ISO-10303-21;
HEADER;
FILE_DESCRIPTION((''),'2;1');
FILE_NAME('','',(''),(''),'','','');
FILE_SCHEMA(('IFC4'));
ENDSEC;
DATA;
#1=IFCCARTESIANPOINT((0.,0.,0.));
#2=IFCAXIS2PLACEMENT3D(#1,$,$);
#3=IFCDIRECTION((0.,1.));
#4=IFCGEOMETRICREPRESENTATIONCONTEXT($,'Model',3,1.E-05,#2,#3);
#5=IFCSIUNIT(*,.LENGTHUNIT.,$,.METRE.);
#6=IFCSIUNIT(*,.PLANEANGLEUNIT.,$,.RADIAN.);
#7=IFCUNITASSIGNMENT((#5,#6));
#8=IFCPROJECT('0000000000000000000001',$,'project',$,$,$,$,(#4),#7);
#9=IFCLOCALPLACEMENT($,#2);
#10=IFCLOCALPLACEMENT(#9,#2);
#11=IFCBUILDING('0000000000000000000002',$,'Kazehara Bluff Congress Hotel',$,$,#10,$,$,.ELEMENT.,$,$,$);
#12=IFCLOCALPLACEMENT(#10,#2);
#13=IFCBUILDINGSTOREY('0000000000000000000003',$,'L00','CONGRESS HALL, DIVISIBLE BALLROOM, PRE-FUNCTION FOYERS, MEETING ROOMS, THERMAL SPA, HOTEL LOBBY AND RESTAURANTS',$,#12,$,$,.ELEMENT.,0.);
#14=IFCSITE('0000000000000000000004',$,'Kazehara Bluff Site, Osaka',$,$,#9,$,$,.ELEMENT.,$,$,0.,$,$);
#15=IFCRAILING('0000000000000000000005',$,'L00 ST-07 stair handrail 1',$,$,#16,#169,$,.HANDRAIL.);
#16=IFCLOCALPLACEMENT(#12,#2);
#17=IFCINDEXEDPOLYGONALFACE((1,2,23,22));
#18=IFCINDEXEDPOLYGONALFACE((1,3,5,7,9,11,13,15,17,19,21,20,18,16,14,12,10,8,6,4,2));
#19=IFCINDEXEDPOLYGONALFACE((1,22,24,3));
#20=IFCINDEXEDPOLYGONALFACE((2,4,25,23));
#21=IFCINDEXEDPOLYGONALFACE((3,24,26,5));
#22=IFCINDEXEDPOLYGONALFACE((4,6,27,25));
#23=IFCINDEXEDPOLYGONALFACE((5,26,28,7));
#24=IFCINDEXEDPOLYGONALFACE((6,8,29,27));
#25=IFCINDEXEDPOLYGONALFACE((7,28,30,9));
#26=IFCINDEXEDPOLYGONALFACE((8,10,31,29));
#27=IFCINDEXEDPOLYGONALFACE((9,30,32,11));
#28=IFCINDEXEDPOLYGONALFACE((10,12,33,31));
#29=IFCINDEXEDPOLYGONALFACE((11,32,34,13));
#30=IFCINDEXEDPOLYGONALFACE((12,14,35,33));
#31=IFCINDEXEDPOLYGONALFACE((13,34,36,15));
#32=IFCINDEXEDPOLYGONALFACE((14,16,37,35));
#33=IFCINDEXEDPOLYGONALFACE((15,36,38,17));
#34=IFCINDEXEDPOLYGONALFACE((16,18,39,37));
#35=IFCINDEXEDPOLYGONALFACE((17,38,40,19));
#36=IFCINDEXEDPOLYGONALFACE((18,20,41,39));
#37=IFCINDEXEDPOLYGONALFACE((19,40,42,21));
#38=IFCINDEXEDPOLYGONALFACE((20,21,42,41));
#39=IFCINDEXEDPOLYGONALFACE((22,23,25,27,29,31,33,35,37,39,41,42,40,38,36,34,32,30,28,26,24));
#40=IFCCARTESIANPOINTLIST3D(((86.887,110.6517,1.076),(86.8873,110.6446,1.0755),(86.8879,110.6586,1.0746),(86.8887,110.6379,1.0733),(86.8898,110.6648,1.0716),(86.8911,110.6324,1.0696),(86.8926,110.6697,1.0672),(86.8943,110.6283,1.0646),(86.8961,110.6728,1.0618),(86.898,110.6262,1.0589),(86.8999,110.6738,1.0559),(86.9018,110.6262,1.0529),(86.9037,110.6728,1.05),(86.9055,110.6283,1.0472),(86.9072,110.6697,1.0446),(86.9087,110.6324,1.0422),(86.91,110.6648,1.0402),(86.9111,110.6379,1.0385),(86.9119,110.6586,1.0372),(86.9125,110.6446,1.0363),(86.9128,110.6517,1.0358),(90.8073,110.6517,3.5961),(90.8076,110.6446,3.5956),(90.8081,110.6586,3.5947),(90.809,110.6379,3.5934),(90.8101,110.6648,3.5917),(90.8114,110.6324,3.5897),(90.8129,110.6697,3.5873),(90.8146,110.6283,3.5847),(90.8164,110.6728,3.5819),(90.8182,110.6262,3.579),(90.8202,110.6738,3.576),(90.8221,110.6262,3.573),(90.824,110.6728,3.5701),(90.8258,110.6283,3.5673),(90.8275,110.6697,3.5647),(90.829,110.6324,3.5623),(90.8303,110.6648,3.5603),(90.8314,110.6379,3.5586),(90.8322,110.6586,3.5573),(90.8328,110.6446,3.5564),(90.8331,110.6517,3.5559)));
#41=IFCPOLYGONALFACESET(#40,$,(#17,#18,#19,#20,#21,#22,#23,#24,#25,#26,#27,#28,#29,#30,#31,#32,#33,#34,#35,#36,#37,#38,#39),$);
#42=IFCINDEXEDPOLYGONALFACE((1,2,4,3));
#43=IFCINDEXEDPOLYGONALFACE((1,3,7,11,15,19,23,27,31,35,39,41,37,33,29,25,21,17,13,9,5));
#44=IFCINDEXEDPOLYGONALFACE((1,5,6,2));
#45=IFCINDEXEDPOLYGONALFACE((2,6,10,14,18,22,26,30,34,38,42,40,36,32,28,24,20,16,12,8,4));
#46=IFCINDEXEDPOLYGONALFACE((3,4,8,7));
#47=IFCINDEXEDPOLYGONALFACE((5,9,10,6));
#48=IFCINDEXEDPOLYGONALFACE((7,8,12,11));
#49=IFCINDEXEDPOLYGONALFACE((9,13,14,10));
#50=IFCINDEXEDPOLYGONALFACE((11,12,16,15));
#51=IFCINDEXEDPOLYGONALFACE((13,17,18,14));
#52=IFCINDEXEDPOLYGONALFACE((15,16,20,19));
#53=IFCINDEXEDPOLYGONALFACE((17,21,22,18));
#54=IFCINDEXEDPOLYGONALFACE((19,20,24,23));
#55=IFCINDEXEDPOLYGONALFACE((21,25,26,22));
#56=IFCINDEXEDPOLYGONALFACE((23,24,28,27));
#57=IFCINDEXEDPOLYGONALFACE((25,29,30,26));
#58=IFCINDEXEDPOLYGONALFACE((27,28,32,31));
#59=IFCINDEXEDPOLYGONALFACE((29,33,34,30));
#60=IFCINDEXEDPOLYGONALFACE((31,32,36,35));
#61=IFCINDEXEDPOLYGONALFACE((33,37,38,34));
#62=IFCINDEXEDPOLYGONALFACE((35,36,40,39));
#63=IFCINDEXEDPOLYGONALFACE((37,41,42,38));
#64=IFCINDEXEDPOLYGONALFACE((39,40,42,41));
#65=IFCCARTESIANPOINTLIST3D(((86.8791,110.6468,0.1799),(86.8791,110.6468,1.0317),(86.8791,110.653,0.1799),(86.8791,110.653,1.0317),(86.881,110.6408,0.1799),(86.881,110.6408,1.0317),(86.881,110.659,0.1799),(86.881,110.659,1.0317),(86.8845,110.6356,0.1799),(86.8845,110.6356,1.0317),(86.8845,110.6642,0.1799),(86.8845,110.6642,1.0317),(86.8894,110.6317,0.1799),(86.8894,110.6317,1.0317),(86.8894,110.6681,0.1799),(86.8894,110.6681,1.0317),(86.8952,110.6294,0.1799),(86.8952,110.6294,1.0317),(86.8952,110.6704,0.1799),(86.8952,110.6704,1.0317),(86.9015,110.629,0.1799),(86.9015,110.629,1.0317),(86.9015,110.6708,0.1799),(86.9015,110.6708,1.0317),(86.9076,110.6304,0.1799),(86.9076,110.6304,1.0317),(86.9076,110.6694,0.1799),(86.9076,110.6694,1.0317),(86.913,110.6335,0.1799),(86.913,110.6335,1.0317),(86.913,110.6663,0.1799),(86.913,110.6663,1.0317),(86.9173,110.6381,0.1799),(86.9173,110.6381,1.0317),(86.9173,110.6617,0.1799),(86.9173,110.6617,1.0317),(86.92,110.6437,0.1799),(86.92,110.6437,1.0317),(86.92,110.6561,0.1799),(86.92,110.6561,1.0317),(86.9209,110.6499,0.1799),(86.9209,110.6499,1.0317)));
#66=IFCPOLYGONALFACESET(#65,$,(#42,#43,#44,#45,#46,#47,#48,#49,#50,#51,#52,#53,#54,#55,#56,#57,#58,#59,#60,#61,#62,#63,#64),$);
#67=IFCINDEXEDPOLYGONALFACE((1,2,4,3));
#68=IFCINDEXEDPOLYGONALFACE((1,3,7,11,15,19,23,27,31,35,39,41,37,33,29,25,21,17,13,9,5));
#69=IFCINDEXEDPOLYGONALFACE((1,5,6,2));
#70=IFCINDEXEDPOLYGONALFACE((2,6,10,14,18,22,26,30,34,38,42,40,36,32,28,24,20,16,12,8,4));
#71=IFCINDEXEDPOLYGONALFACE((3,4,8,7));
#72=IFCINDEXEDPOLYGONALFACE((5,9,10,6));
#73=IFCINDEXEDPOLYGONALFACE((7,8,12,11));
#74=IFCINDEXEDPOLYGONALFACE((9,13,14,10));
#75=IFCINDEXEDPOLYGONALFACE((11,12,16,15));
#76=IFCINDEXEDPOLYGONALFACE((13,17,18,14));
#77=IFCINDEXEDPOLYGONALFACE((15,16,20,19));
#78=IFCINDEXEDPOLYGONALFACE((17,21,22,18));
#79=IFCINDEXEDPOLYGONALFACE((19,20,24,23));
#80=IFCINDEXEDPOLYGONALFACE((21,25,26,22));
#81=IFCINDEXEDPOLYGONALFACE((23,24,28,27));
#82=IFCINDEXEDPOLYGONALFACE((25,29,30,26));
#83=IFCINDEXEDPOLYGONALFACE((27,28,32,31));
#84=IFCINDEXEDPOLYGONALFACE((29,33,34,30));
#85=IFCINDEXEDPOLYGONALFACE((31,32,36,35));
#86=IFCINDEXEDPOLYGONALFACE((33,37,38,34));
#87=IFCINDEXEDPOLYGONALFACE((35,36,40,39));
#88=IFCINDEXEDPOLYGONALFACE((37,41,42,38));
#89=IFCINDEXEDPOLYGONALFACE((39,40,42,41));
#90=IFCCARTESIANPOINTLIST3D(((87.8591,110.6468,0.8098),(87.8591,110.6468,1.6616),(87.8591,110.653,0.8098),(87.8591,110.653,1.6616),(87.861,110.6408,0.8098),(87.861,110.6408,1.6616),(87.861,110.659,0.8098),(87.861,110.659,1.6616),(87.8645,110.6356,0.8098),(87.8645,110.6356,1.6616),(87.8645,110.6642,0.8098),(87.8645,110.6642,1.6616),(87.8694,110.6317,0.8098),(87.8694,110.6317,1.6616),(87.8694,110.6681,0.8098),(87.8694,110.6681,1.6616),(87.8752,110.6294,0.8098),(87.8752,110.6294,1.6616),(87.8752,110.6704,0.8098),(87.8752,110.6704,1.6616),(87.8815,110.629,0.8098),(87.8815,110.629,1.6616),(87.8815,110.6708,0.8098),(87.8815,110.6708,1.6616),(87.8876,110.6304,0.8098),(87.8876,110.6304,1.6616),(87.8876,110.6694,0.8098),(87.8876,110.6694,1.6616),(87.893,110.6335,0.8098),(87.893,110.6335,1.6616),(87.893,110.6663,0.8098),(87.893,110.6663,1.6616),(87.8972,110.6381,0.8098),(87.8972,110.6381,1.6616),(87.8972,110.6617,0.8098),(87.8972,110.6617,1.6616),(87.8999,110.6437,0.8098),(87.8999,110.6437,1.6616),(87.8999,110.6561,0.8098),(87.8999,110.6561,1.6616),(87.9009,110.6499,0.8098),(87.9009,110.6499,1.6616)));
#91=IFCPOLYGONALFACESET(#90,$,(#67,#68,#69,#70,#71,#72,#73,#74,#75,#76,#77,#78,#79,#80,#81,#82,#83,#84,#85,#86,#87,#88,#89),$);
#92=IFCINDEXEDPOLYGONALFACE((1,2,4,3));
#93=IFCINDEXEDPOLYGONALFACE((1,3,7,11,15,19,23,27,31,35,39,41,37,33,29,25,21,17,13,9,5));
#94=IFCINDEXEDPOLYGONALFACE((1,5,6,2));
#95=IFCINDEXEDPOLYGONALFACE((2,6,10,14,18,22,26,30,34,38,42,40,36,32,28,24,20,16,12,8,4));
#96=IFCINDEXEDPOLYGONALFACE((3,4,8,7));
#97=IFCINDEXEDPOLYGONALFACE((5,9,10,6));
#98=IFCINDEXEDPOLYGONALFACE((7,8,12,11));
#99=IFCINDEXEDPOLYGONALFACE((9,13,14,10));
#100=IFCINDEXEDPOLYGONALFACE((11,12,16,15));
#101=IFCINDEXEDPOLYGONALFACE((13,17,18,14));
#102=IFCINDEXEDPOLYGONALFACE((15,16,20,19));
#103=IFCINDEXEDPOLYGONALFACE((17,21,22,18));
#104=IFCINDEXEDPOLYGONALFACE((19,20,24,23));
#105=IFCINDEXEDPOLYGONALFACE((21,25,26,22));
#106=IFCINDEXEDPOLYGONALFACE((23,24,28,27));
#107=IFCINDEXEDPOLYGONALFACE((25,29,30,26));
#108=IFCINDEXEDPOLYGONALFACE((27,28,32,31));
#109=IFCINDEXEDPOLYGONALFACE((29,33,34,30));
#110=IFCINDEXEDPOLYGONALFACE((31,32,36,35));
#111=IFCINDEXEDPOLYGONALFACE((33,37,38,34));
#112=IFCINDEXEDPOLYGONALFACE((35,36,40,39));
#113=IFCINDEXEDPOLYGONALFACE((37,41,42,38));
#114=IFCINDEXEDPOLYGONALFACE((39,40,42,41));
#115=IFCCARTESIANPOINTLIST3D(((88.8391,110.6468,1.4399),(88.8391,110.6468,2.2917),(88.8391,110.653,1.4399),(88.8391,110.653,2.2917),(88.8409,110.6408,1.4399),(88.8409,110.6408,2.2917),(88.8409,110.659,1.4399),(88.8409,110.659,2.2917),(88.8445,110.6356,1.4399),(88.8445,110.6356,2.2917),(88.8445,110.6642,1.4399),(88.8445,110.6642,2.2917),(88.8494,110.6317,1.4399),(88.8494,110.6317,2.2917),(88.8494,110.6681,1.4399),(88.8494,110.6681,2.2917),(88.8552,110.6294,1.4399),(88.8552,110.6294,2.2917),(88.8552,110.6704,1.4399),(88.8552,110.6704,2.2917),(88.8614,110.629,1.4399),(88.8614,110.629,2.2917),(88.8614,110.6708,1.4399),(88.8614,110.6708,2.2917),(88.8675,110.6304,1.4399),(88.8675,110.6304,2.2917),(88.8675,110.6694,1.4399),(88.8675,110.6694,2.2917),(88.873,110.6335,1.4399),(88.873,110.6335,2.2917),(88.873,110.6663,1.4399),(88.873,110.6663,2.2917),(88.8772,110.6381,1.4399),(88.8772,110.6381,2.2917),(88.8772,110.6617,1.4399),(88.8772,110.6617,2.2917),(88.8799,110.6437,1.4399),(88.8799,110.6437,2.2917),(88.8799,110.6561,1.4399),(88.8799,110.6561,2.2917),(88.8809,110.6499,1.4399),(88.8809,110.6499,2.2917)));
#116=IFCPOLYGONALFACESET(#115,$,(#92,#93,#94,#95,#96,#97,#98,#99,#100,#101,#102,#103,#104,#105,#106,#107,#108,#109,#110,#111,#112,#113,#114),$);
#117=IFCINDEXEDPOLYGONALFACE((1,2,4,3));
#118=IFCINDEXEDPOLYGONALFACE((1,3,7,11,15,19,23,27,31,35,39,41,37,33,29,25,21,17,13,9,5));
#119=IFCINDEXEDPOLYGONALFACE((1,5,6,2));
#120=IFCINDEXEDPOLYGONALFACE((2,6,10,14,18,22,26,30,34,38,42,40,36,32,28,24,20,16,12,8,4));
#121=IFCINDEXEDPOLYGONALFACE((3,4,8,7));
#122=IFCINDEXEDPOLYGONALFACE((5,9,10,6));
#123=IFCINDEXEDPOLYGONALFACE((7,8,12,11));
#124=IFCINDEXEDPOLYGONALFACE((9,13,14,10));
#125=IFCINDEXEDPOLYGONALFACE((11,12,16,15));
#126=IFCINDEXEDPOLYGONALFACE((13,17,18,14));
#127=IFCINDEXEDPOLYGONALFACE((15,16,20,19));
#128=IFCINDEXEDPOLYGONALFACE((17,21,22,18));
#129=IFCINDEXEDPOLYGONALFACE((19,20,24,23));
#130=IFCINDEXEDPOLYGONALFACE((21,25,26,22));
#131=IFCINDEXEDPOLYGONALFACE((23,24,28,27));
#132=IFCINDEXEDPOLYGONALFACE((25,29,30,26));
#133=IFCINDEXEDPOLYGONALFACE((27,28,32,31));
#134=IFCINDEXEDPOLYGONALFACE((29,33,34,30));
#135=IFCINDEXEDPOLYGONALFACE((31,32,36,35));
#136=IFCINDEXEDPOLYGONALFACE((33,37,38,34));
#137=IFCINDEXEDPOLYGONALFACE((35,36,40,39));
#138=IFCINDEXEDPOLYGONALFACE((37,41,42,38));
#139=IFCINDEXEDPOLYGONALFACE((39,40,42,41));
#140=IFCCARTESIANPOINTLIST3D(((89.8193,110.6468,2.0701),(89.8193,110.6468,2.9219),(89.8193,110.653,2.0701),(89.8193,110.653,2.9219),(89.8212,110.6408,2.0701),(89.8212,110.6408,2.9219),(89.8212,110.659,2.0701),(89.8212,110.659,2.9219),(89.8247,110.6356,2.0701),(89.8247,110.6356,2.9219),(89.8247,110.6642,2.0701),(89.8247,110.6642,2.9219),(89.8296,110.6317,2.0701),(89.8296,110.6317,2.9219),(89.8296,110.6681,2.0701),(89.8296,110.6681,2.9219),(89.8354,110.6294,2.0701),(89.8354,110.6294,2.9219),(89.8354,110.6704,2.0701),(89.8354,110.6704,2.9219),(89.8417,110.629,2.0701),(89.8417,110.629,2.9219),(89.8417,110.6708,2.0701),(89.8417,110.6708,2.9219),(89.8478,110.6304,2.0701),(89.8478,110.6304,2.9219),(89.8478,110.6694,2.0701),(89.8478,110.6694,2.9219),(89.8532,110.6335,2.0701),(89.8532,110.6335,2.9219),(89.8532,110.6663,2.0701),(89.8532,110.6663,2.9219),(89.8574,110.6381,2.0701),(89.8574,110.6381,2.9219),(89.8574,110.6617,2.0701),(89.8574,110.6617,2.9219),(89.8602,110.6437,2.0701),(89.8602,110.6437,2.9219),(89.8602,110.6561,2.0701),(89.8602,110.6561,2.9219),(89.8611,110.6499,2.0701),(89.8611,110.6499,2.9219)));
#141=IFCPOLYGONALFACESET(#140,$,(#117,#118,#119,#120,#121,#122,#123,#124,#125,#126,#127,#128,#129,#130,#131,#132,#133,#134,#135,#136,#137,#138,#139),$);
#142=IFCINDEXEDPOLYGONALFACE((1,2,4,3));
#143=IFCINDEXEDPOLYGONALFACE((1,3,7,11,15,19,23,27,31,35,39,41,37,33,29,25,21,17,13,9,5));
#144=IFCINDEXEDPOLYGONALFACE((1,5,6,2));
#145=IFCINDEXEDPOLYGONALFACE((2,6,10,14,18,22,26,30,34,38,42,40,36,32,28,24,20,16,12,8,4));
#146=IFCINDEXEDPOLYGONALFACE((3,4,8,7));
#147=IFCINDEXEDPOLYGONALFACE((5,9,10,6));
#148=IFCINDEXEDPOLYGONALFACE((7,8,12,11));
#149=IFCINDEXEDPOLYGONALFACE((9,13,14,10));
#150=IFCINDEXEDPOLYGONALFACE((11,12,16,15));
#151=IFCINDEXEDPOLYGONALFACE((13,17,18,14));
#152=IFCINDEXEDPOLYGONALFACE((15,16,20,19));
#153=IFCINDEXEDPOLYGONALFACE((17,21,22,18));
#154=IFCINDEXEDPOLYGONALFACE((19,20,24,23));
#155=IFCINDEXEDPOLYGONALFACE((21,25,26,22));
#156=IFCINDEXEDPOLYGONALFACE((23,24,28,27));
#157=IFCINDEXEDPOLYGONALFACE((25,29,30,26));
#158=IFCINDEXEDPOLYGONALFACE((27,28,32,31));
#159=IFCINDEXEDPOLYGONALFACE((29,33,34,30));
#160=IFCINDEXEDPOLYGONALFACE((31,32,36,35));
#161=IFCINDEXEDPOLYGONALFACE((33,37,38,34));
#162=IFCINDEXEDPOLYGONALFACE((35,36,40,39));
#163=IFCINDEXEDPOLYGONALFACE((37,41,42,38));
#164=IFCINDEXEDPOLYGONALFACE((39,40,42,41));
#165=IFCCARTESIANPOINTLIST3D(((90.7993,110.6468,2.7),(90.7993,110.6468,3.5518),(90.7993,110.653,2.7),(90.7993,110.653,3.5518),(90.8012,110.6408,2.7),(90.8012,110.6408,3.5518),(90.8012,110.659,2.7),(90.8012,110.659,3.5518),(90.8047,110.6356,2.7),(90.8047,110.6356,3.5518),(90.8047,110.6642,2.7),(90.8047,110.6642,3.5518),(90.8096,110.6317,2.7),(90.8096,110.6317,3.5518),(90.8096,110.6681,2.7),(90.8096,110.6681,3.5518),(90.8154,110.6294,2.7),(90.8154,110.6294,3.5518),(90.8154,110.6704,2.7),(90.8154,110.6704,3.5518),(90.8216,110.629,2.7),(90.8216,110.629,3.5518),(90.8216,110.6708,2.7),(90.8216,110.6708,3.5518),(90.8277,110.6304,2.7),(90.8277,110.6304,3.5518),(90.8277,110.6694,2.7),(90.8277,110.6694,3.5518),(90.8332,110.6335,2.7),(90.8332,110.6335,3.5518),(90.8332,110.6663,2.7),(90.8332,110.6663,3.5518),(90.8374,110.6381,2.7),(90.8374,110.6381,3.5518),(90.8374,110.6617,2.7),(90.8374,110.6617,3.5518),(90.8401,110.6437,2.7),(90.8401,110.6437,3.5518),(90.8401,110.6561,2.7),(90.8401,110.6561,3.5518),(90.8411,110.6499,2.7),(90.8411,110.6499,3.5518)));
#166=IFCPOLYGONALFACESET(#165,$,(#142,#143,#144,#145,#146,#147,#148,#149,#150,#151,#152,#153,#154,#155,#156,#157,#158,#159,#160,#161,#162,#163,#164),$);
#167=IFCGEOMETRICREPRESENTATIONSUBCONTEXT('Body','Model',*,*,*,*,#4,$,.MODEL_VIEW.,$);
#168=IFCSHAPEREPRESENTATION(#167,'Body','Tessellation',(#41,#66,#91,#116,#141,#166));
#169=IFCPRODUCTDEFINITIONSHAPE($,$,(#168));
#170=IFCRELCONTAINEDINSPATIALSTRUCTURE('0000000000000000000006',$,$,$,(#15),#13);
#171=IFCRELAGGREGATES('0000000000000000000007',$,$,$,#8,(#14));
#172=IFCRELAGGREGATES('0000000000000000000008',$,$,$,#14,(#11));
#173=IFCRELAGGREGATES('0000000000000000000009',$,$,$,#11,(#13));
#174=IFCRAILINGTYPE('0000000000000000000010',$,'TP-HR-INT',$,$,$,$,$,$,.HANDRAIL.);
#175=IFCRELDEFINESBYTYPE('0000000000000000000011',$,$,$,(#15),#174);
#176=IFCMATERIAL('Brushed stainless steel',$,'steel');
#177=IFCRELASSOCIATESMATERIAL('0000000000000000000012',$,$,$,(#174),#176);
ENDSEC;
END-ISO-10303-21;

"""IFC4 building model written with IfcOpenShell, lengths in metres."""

from ifc_helpers import new_model, si_unit, direction, frame, origin, origin_2d, place, context, subcontext, project, spatial, circle, extrude, material, type_object, element, save


model = new_model("IFC4")

# Units and contexts
model_context = context("Model", 3, precision=1e-05, world=origin(), true_north=direction((0.0, 1.0)))
body_context = subcontext(model_context, "Body", "Model", "MODEL_VIEW")
ifc_project = project(units=[si_unit("LENGTHUNIT", "METRE"), si_unit("PLANEANGLEUNIT", "RADIAN")], contexts=[model_context])

# Site, building, storey
site_placement = place(None, origin())
site = spatial("IfcSite", under=ifc_project, at=site_placement, Name="Kazehara Bluff Site, Osaka", CompositionType="ELEMENT", RefElevation=0.0)
building_placement = place(site_placement, origin())
building = spatial("IfcBuilding", under=site, at=building_placement, Name="Kazehara Bluff Congress Hotel", CompositionType="ELEMENT")
storey_placement = place(building_placement, origin())
storey = spatial("IfcBuildingStorey", under=building, at=storey_placement, Name="L00", Description="CONGRESS HALL, DIVISIBLE BALLROOM, PRE-FUNCTION FOYERS, MEETING ROOMS, THERMAL SPA, HOTEL LOBBY AND RESTAURANTS", CompositionType="ELEMENT", Elevation=0.0)

# Railing
ifc_material_1 = material(Name="Brushed stainless steel", Category="steel")
railing_type_1 = type_object("IfcRailingType", Name="TP-HR-INT", PredefinedType="HANDRAIL", material=ifc_material_1)
railing_1_placement = place(storey_placement, frame((86.8999, 110.6499, 0.1799)))
element("IfcRailing", 1, at=railing_1_placement, inside=storey, type_object=railing_type_1, Name="L00 ST-07 stair handrail 1", PredefinedType="HANDRAIL", context=body_context, shape_type="SweptSolid", body=[
    extrude(circle(Radius=0.0239, at=origin_2d()), frame((0.0, 0.0, 0.876), z_axis=(0.841187, 0.0, 0.540744), x_axis=(0.0, 1.0, 0.0)), (0.0, 0.0, 1.0), 4.6604),
    extrude(circle(Radius=0.021, at=origin_2d()), origin(), (0.0, 0.0, 1.0), 0.8518),
    extrude(circle(Radius=0.021, at=origin_2d()), frame((0.98, 0.0, 0.6299)), (0.0, 0.0, 1.0), 0.8518),
    extrude(circle(Radius=0.021, at=origin_2d()), frame((1.96, 0.0, 1.26)), (0.0, 0.0, 1.0), 0.8518),
    extrude(circle(Radius=0.021, at=origin_2d()), frame((2.9402, 0.0, 1.8901)), (0.0, 0.0, 1.0), 0.8518),
    extrude(circle(Radius=0.021, at=origin_2d()), frame((3.9202, 0.0, 2.52)), (0.0, 0.0, 1.0), 0.8518),
])

save(model, "model.ifc")
